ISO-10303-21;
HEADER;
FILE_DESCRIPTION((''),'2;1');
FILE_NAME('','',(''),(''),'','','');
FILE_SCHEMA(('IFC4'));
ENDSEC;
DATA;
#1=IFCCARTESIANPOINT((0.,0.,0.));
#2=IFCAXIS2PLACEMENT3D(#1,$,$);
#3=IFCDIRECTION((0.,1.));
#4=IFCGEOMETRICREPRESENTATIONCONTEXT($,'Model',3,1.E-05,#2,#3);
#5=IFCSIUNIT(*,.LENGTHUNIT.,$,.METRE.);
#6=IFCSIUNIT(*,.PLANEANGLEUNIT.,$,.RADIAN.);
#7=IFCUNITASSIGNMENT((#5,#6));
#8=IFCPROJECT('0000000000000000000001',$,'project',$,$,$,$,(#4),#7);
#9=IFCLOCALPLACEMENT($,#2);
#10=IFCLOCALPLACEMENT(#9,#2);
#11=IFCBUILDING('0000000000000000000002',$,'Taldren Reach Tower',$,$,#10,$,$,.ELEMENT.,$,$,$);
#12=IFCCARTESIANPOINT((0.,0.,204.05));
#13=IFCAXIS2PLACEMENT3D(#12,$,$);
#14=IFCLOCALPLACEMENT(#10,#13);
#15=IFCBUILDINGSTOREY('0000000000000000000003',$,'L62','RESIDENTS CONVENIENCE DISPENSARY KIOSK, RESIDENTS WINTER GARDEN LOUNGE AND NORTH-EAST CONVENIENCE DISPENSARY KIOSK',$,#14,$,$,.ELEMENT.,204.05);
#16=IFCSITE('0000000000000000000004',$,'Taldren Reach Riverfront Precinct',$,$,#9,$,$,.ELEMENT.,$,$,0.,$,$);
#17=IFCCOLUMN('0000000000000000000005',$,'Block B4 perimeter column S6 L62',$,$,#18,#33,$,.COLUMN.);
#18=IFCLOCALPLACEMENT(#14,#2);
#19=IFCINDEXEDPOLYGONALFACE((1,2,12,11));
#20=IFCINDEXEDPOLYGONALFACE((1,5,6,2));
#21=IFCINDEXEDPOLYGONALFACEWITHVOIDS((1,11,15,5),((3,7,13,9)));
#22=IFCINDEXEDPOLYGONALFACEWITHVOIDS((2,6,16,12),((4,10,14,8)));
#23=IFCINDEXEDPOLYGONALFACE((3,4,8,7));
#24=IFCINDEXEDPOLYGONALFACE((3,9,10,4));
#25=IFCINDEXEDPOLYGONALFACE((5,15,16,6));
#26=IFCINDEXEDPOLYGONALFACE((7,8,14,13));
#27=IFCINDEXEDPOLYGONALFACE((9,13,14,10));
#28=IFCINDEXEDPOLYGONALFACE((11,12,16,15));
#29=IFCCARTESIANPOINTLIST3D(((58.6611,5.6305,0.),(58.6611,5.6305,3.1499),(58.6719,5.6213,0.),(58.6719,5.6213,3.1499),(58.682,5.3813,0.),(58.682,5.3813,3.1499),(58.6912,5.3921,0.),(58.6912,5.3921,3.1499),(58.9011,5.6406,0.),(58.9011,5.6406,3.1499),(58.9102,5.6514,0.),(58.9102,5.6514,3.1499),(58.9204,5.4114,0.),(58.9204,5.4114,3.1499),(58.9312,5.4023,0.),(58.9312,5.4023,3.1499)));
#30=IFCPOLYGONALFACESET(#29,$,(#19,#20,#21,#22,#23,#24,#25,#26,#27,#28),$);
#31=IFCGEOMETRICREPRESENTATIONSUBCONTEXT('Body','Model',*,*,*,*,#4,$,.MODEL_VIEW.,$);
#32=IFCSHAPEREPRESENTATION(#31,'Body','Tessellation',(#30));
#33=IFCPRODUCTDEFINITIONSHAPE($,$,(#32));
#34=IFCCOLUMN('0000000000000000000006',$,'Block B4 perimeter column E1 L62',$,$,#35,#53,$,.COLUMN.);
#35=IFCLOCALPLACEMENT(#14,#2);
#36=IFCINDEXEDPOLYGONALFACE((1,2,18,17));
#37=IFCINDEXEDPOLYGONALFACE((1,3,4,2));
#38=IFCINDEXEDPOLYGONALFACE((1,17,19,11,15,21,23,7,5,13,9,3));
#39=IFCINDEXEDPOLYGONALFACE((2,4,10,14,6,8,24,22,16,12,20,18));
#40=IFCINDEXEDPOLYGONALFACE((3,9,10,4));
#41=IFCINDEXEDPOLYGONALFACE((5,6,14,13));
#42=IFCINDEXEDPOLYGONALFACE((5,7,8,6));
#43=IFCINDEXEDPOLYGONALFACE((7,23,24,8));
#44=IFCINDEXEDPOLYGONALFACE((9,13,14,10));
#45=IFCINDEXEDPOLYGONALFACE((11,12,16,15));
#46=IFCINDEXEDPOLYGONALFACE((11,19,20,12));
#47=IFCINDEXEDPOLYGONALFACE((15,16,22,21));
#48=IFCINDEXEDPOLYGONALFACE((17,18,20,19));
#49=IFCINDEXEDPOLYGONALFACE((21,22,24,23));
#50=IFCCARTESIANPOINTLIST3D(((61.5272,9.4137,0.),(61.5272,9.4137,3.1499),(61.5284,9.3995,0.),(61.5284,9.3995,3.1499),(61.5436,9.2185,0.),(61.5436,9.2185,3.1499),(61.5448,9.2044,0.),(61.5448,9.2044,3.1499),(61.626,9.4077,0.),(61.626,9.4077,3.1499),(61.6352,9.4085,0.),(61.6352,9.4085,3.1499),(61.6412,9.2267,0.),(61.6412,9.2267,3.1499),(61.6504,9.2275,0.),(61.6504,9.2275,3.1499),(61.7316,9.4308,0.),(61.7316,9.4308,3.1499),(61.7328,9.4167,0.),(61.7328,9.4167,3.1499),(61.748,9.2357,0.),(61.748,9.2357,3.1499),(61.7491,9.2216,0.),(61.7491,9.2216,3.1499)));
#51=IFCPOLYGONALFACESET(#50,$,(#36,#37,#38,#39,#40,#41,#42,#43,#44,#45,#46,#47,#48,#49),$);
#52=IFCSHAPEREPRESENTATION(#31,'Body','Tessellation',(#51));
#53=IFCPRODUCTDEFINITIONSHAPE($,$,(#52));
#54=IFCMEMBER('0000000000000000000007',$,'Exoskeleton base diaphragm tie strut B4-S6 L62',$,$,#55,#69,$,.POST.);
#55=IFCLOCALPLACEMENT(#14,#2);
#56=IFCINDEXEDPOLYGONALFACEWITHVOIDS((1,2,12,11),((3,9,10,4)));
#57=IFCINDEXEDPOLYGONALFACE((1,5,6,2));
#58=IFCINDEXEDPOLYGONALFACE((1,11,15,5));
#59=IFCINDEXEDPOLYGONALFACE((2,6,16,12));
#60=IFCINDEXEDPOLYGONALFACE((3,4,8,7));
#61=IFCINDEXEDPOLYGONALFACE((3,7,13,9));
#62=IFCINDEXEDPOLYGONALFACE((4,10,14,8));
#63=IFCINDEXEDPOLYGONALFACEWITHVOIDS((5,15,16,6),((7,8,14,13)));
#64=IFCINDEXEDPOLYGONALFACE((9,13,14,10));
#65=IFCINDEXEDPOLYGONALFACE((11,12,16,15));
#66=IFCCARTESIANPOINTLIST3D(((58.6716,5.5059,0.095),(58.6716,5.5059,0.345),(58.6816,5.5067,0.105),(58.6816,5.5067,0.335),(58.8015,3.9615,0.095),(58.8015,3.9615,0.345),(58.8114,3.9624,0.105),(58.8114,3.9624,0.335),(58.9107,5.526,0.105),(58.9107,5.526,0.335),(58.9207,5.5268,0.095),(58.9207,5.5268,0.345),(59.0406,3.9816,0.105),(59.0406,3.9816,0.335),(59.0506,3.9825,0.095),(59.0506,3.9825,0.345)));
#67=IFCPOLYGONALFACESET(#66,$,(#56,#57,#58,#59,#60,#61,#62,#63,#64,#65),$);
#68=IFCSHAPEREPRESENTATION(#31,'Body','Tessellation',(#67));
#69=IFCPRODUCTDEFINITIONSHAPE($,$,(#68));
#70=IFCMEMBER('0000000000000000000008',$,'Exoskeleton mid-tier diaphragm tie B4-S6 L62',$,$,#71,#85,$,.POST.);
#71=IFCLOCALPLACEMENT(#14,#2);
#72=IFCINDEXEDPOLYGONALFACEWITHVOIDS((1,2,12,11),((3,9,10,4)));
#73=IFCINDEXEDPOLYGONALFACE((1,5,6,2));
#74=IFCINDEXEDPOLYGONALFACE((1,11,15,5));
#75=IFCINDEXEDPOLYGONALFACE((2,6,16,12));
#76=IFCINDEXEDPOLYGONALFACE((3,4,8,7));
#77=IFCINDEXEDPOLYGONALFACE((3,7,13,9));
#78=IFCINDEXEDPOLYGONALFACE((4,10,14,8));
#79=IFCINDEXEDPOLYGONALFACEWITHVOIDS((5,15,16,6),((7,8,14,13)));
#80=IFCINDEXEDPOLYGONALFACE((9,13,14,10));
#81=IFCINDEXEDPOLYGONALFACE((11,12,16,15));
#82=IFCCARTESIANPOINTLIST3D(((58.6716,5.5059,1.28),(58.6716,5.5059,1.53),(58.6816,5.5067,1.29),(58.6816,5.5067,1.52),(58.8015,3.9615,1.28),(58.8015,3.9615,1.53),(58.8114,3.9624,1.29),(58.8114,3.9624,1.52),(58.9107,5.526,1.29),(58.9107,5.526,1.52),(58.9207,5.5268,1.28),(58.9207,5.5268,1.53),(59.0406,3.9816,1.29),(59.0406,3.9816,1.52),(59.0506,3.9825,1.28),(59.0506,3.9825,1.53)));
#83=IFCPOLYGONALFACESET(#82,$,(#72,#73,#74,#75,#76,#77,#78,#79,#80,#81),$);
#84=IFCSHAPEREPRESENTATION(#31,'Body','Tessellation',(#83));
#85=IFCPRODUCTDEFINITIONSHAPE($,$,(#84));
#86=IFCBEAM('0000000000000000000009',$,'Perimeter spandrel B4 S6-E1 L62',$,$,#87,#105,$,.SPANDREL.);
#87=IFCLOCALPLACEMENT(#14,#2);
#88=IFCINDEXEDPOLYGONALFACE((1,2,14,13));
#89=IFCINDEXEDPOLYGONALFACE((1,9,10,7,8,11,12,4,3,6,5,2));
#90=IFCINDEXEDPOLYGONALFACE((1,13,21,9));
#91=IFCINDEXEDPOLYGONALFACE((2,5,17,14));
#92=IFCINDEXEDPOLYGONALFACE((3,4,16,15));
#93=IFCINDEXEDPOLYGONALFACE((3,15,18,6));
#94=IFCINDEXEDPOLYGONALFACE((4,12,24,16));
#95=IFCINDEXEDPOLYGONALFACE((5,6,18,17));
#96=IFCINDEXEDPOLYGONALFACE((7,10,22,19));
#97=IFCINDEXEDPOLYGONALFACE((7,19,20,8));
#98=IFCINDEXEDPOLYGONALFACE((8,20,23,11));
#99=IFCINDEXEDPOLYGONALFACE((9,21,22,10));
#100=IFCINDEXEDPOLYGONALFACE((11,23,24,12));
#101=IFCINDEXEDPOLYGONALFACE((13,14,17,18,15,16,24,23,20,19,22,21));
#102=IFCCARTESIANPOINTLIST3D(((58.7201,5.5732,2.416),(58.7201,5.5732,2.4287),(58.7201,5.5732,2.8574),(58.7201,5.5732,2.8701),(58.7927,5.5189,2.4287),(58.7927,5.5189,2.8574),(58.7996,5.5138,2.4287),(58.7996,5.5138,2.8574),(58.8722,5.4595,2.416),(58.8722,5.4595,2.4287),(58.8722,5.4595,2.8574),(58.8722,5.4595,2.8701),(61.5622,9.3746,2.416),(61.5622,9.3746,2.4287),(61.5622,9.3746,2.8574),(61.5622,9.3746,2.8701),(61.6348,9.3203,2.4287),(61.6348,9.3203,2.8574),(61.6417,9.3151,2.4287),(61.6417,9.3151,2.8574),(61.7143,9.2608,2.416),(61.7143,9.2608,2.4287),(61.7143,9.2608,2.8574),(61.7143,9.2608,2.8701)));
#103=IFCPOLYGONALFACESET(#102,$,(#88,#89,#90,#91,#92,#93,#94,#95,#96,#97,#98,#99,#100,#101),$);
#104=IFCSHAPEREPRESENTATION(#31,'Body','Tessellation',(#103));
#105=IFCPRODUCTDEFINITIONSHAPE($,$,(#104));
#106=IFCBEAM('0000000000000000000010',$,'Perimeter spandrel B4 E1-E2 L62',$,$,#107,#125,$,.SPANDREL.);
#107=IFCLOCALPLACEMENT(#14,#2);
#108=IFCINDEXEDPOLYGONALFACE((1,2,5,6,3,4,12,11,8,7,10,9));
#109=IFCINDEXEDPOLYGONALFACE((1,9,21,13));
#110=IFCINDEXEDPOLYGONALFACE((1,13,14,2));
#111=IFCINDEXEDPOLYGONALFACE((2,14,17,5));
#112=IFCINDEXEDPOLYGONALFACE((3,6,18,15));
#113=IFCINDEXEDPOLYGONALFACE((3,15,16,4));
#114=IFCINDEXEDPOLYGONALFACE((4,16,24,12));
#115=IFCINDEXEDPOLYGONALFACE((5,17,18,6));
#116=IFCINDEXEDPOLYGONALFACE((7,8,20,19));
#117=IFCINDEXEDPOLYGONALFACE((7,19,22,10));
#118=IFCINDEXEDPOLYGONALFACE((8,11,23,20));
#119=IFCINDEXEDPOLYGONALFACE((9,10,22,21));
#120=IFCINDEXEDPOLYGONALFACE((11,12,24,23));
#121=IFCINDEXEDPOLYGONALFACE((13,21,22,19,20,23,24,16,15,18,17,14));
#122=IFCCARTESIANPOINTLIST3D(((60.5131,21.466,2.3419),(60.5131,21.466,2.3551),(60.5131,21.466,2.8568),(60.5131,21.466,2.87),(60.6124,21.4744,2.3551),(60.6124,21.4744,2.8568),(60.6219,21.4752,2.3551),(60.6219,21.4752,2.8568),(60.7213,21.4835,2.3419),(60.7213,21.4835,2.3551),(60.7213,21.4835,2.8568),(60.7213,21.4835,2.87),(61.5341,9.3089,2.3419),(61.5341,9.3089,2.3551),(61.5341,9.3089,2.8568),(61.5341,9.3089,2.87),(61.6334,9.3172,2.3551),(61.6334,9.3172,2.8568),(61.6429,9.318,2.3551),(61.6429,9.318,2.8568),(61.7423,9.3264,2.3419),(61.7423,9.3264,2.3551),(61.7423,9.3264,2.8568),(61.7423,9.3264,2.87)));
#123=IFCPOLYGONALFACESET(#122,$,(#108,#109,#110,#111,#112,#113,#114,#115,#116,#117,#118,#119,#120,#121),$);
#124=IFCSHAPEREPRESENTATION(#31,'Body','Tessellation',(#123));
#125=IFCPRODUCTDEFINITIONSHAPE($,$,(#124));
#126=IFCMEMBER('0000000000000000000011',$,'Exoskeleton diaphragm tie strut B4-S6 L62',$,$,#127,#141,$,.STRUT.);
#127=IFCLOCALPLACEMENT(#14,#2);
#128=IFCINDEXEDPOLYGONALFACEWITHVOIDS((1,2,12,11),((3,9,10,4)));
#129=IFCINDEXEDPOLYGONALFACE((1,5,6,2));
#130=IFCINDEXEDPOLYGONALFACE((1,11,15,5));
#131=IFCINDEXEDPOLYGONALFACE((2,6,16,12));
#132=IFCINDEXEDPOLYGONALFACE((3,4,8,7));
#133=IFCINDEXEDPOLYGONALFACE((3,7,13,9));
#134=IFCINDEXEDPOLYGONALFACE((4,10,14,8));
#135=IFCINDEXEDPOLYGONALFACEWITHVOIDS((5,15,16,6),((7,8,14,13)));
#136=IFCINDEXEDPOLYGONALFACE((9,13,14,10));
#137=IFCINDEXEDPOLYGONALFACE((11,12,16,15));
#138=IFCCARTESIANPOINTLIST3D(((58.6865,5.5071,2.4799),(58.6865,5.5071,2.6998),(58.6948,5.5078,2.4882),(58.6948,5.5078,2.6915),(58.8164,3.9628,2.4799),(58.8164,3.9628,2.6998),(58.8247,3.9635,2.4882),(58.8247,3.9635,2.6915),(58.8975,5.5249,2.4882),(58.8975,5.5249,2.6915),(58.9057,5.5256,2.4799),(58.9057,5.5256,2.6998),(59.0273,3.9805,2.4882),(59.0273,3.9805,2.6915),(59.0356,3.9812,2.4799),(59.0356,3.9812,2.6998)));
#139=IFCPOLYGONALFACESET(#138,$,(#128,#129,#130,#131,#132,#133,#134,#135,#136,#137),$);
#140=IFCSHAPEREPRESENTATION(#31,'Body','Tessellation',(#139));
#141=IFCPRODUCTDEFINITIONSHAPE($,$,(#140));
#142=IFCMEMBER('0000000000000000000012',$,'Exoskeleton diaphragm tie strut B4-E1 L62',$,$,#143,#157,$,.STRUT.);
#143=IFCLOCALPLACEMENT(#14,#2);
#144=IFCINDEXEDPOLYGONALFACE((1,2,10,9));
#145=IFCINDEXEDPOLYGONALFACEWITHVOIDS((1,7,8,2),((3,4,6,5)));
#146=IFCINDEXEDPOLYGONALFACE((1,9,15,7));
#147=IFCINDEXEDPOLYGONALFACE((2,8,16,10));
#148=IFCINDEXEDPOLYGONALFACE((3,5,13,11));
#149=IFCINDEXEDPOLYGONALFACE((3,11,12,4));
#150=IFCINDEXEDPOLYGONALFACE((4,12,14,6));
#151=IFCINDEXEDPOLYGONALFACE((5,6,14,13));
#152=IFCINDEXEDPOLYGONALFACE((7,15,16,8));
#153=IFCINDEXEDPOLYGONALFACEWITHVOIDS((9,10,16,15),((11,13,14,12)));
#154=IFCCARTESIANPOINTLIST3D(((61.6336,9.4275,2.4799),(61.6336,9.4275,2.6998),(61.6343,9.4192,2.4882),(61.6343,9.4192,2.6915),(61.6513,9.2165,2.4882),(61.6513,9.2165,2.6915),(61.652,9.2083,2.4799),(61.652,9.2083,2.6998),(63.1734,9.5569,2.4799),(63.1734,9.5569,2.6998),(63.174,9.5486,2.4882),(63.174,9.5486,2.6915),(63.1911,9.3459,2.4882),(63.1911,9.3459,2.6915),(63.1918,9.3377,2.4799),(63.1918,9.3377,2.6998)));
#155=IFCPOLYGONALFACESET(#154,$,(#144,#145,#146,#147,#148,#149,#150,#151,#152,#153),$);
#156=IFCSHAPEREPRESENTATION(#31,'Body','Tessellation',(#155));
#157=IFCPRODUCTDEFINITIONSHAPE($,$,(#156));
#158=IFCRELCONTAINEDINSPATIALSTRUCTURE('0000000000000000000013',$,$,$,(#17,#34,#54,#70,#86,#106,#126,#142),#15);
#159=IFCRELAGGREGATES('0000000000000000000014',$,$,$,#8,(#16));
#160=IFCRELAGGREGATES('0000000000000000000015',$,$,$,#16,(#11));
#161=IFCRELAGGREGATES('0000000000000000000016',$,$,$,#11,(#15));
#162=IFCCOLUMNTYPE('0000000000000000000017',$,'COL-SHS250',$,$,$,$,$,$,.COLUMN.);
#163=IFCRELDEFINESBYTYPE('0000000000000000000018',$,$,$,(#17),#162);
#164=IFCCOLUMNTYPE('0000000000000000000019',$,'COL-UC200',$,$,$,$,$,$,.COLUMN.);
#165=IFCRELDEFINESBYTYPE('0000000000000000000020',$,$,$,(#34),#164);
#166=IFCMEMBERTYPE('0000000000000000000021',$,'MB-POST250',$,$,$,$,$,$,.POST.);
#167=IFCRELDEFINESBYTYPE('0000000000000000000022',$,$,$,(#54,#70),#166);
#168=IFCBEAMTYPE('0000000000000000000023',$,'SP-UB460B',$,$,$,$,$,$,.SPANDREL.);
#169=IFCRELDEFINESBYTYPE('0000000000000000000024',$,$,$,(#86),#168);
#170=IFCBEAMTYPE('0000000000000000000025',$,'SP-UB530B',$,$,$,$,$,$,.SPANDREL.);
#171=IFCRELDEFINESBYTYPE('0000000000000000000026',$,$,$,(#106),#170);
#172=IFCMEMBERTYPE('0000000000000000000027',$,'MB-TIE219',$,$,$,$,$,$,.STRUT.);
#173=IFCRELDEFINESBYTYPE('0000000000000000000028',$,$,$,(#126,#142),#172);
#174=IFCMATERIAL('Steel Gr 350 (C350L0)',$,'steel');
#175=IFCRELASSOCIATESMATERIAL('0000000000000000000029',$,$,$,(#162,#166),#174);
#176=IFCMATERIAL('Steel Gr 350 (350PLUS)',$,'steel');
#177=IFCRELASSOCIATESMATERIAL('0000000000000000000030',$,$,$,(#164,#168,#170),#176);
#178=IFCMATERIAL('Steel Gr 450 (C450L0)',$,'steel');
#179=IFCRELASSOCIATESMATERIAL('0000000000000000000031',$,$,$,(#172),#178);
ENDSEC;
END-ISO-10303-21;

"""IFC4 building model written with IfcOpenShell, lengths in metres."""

from ifc_helpers import new_model, si_unit, direction, frame, origin, origin_2d, place, context, subcontext, project, spatial, hollow_rectangle, i_section, extrude, source, transform, mapped, material, material_profile, profile_set, type_object, element, save


model = new_model("IFC4")

# Units and contexts
model_context = context("Model", 3, precision=1e-05, world=origin(), true_north=direction((0.0, 1.0)))
body_context = subcontext(model_context, "Body", "Model", "MODEL_VIEW")
ifc_project = project(units=[si_unit("LENGTHUNIT", "METRE"), si_unit("PLANEANGLEUNIT", "RADIAN")], contexts=[model_context])

# Site, building, storey
site_placement = place(None, origin())
site = spatial("IfcSite", under=ifc_project, at=site_placement, Name="Taldren Reach Riverfront Precinct", CompositionType="ELEMENT", RefElevation=0.0)
building_placement = place(site_placement, origin())
building = spatial("IfcBuilding", under=site, at=building_placement, Name="Taldren Reach Tower", CompositionType="ELEMENT")
storey_placement = place(building_placement, frame((0.0, 0.0, 204.05)))
storey = spatial("IfcBuildingStorey", under=building, at=storey_placement, Name="L62", Description="RESIDENTS CONVENIENCE DISPENSARY KIOSK, RESIDENTS WINTER GARDEN LOUNGE AND NORTH-EAST CONVENIENCE DISPENSARY KIOSK", CompositionType="ELEMENT", Elevation=204.05)

# Columns
ifc_material_1 = material(Name="Steel Gr 350 (C350L0)", Category="steel")
ifc_material_profile_1 = material_profile(ifc_material_1, hollow_rectangle(XDim=0.25, YDim=0.25, WallThickness=0.01, at=origin_2d()), Name="250x250x10.0SHS")
ifc_profile_set_1 = profile_set([ifc_material_profile_1], Name="Steel Gr 350 (C350L0)")
column_type_1 = type_object("IfcColumnType", Name="COL-SHS250", PredefinedType="COLUMN", material=ifc_profile_set_1)
shared_shape_1 = source(origin(), body_context, "Body", "SweptSolid", [
    extrude(hollow_rectangle(XDim=0.25, YDim=0.25, WallThickness=0.01, at=origin_2d()), origin(), (0.0, 0.0, 1.0), 3.1499),
])
column_1_placement = place(storey_placement, frame((58.7961, 5.5164, 0.0), z_axis=(0.0, 0.0, 1.0), x_axis=(0.996493, 0.083678, 0.0)))
element("IfcColumn", 1, at=column_1_placement, inside=storey, type_object=column_type_1, Name="Block B4 perimeter column S6 L62", PredefinedType="COLUMN", context=body_context, shape_type="MappedRepresentation", body=[
    mapped(shared_shape_1, transform((0.0, 0.0, 0.0), scale=1.0)),
])
ifc_material_2 = material(Name="Steel Gr 350 (350PLUS)", Category="steel")
ifc_material_profile_2 = material_profile(ifc_material_2, i_section(OverallWidth=0.2051, OverallDepth=0.21, WebThickness=0.0093, FlangeThickness=0.0142, at=origin_2d()), Name="200UC59.5")
ifc_profile_set_2 = profile_set([ifc_material_profile_2], Name="Steel Gr 350 (350PLUS)")
column_type_2 = type_object("IfcColumnType", Name="COL-UC200", PredefinedType="COLUMN", material=ifc_profile_set_2)
shared_shape_2 = source(origin(), body_context, "Body", "SweptSolid", [
    extrude(i_section(OverallWidth=0.2051, OverallDepth=0.21, WebThickness=0.0093, FlangeThickness=0.0142, at=origin_2d()), origin(), (0.0, 0.0, 1.0), 3.1499),
])
column_2_placement = place(storey_placement, frame((61.6382, 9.3176, 0.0), z_axis=(0.0, 0.0, 1.0), x_axis=(0.996493, 0.083678, 0.0)))
element("IfcColumn", 2, at=column_2_placement, inside=storey, type_object=column_type_2, Name="Block B4 perimeter column E1 L62", PredefinedType="COLUMN", context=body_context, shape_type="MappedRepresentation", body=[
    mapped(shared_shape_2, transform((0.0, 0.0, 0.0), scale=1.0)),
])

# Members
ifc_material_profile_3 = material_profile(ifc_material_1, hollow_rectangle(XDim=0.25, YDim=0.25, WallThickness=0.01, at=origin_2d()), Name="250x250x10.0SHS")
ifc_profile_set_3 = profile_set([ifc_material_profile_3], Name="Steel Gr 350 (C350L0)")
member_type_1 = type_object("IfcMemberType", Name="MB-POST250", PredefinedType="POST", material=ifc_profile_set_3)
shared_shape_3 = source(origin(), body_context, "Body", "SweptSolid", [
    extrude(hollow_rectangle(XDim=0.25, YDim=0.25, WallThickness=0.01, at=origin_2d()), origin(), (0.0, 0.0, 1.0), 1.5498),
])
for number, where, z_axis, x_axis, name in (
    (3, (58.7961, 5.5164, 0.22), (0.083802, -0.996482, 0.0), (0.996482, 0.083802, 0.0), "Exoskeleton base diaphragm tie strut B4-S6 L62"),
    (4, (58.7961, 5.5164, 1.405), (0.083802, -0.996482, 0.0), (0.996482, 0.083802, 0.0), "Exoskeleton mid-tier diaphragm tie B4-S6 L62"),
):
    element("IfcMember", number, at=place(storey_placement, frame(where, z_axis=z_axis, x_axis=x_axis)), inside=storey, type_object=member_type_1, Name=name, PredefinedType="POST", context=body_context, shape_type="MappedRepresentation", body=[
        mapped(shared_shape_3, transform((0.0, 0.0, 0.0), scale=1.0)),
    ])

# Beams
ifc_material_profile_4 = material_profile(ifc_material_2, i_section(OverallWidth=0.1899, OverallDepth=0.4541, WebThickness=0.0085, FlangeThickness=0.0127, at=origin_2d()), Name="460UB67.1")
ifc_profile_set_4 = profile_set([ifc_material_profile_4], Name="Steel Gr 350 (350PLUS)")
beam_type_1 = type_object("IfcBeamType", Name="SP-UB460B", PredefinedType="SPANDREL", material=ifc_profile_set_4)
shared_shape_4 = source(origin(), body_context, "Body", "SweptSolid", [
    extrude(i_section(OverallWidth=0.1899, OverallDepth=0.4541, WebThickness=0.0085, FlangeThickness=0.0127, at=origin_2d()), origin(), (0.0, 0.0, 1.0), 4.7463),
])
beam_1_placement = place(storey_placement, frame((58.7961, 5.5164, 2.6431), z_axis=(0.598798, 0.8009, 0.0), x_axis=(-0.8009, 0.598798, 0.0)))
element("IfcBeam", 5, at=beam_1_placement, inside=storey, type_object=beam_type_1, Name="Perimeter spandrel B4 S6-E1 L62", PredefinedType="SPANDREL", context=body_context, shape_type="MappedRepresentation", body=[
    mapped(shared_shape_4, transform((0.0, 0.0, 0.0), scale=1.0)),
])
ifc_material_profile_5 = material_profile(ifc_material_2, i_section(OverallWidth=0.209, OverallDepth=0.5281, WebThickness=0.0095, FlangeThickness=0.0132, at=origin_2d()), Name="530UB82.0")
ifc_profile_set_5 = profile_set([ifc_material_profile_5], Name="Steel Gr 350 (350PLUS)")
beam_type_2 = type_object("IfcBeamType", Name="SP-UB530B", PredefinedType="SPANDREL", material=ifc_profile_set_5)
shared_shape_5 = source(origin(), body_context, "Body", "SweptSolid", [
    extrude(i_section(OverallWidth=0.209, OverallDepth=0.5281, WebThickness=0.0095, FlangeThickness=0.0132, at=origin_2d()), origin(), (0.0, 0.0, 1.0), 12.2),
])
beam_2_placement = place(storey_placement, frame((61.6382, 9.3176, 2.606), z_axis=(-0.083688, 0.996492, 0.0), x_axis=(-0.996492, -0.083688, 0.0)))
element("IfcBeam", 6, at=beam_2_placement, inside=storey, type_object=beam_type_2, Name="Perimeter spandrel B4 E1-E2 L62", PredefinedType="SPANDREL", context=body_context, shape_type="MappedRepresentation", body=[
    mapped(shared_shape_5, transform((0.0, 0.0, 0.0), scale=1.0)),
])

# Members
ifc_material_3 = material(Name="Steel Gr 450 (C450L0)", Category="steel")
ifc_material_profile_6 = material_profile(ifc_material_3, hollow_rectangle(XDim=0.22, YDim=0.22, WallThickness=0.0083, at=origin_2d()), Name="220x220x8.2SHS")
ifc_profile_set_6 = profile_set([ifc_material_profile_6], Name="Steel Gr 450 (C450L0)")
member_type_2 = type_object("IfcMemberType", Name="MB-TIE219", PredefinedType="STRUT", material=ifc_profile_set_6)
shared_shape_6 = source(origin(), body_context, "Body", "SweptSolid", [
    extrude(hollow_rectangle(XDim=0.22, YDim=0.22, WallThickness=0.0083, at=origin_2d()), origin(), (0.0, 0.0, 1.0), 1.5498),
])
member_1_placement = place(storey_placement, frame((58.7961, 5.5164, 2.5898), z_axis=(0.083802, -0.996482, 0.0), x_axis=(0.996482, 0.083802, 0.0)))
element("IfcMember", 7, at=member_1_placement, inside=storey, type_object=member_type_2, Name="Exoskeleton diaphragm tie strut B4-S6 L62", PredefinedType="STRUT", context=body_context, shape_type="MappedRepresentation", body=[
    mapped(shared_shape_6, transform((0.0, 0.0, 0.0), scale=1.0)),
])
shared_shape_7 = source(origin(), body_context, "Body", "SweptSolid", [
    extrude(hollow_rectangle(XDim=0.22, YDim=0.22, WallThickness=0.0083, at=origin_2d()), origin(), (0.0, 0.0, 1.0), 1.5452),
])
member_2_placement = place(storey_placement, frame((61.6428, 9.3179, 2.5898), z_axis=(0.996488, 0.083738, 0.0), x_axis=(-0.083738, 0.996488, 0.0)))
element("IfcMember", 8, at=member_2_placement, inside=storey, type_object=member_type_2, Name="Exoskeleton diaphragm tie strut B4-E1 L62", PredefinedType="STRUT", context=body_context, shape_type="MappedRepresentation", body=[
    mapped(shared_shape_7, transform((0.0, 0.0, 0.0), scale=1.0)),
])

save(model, "model.ifc")
